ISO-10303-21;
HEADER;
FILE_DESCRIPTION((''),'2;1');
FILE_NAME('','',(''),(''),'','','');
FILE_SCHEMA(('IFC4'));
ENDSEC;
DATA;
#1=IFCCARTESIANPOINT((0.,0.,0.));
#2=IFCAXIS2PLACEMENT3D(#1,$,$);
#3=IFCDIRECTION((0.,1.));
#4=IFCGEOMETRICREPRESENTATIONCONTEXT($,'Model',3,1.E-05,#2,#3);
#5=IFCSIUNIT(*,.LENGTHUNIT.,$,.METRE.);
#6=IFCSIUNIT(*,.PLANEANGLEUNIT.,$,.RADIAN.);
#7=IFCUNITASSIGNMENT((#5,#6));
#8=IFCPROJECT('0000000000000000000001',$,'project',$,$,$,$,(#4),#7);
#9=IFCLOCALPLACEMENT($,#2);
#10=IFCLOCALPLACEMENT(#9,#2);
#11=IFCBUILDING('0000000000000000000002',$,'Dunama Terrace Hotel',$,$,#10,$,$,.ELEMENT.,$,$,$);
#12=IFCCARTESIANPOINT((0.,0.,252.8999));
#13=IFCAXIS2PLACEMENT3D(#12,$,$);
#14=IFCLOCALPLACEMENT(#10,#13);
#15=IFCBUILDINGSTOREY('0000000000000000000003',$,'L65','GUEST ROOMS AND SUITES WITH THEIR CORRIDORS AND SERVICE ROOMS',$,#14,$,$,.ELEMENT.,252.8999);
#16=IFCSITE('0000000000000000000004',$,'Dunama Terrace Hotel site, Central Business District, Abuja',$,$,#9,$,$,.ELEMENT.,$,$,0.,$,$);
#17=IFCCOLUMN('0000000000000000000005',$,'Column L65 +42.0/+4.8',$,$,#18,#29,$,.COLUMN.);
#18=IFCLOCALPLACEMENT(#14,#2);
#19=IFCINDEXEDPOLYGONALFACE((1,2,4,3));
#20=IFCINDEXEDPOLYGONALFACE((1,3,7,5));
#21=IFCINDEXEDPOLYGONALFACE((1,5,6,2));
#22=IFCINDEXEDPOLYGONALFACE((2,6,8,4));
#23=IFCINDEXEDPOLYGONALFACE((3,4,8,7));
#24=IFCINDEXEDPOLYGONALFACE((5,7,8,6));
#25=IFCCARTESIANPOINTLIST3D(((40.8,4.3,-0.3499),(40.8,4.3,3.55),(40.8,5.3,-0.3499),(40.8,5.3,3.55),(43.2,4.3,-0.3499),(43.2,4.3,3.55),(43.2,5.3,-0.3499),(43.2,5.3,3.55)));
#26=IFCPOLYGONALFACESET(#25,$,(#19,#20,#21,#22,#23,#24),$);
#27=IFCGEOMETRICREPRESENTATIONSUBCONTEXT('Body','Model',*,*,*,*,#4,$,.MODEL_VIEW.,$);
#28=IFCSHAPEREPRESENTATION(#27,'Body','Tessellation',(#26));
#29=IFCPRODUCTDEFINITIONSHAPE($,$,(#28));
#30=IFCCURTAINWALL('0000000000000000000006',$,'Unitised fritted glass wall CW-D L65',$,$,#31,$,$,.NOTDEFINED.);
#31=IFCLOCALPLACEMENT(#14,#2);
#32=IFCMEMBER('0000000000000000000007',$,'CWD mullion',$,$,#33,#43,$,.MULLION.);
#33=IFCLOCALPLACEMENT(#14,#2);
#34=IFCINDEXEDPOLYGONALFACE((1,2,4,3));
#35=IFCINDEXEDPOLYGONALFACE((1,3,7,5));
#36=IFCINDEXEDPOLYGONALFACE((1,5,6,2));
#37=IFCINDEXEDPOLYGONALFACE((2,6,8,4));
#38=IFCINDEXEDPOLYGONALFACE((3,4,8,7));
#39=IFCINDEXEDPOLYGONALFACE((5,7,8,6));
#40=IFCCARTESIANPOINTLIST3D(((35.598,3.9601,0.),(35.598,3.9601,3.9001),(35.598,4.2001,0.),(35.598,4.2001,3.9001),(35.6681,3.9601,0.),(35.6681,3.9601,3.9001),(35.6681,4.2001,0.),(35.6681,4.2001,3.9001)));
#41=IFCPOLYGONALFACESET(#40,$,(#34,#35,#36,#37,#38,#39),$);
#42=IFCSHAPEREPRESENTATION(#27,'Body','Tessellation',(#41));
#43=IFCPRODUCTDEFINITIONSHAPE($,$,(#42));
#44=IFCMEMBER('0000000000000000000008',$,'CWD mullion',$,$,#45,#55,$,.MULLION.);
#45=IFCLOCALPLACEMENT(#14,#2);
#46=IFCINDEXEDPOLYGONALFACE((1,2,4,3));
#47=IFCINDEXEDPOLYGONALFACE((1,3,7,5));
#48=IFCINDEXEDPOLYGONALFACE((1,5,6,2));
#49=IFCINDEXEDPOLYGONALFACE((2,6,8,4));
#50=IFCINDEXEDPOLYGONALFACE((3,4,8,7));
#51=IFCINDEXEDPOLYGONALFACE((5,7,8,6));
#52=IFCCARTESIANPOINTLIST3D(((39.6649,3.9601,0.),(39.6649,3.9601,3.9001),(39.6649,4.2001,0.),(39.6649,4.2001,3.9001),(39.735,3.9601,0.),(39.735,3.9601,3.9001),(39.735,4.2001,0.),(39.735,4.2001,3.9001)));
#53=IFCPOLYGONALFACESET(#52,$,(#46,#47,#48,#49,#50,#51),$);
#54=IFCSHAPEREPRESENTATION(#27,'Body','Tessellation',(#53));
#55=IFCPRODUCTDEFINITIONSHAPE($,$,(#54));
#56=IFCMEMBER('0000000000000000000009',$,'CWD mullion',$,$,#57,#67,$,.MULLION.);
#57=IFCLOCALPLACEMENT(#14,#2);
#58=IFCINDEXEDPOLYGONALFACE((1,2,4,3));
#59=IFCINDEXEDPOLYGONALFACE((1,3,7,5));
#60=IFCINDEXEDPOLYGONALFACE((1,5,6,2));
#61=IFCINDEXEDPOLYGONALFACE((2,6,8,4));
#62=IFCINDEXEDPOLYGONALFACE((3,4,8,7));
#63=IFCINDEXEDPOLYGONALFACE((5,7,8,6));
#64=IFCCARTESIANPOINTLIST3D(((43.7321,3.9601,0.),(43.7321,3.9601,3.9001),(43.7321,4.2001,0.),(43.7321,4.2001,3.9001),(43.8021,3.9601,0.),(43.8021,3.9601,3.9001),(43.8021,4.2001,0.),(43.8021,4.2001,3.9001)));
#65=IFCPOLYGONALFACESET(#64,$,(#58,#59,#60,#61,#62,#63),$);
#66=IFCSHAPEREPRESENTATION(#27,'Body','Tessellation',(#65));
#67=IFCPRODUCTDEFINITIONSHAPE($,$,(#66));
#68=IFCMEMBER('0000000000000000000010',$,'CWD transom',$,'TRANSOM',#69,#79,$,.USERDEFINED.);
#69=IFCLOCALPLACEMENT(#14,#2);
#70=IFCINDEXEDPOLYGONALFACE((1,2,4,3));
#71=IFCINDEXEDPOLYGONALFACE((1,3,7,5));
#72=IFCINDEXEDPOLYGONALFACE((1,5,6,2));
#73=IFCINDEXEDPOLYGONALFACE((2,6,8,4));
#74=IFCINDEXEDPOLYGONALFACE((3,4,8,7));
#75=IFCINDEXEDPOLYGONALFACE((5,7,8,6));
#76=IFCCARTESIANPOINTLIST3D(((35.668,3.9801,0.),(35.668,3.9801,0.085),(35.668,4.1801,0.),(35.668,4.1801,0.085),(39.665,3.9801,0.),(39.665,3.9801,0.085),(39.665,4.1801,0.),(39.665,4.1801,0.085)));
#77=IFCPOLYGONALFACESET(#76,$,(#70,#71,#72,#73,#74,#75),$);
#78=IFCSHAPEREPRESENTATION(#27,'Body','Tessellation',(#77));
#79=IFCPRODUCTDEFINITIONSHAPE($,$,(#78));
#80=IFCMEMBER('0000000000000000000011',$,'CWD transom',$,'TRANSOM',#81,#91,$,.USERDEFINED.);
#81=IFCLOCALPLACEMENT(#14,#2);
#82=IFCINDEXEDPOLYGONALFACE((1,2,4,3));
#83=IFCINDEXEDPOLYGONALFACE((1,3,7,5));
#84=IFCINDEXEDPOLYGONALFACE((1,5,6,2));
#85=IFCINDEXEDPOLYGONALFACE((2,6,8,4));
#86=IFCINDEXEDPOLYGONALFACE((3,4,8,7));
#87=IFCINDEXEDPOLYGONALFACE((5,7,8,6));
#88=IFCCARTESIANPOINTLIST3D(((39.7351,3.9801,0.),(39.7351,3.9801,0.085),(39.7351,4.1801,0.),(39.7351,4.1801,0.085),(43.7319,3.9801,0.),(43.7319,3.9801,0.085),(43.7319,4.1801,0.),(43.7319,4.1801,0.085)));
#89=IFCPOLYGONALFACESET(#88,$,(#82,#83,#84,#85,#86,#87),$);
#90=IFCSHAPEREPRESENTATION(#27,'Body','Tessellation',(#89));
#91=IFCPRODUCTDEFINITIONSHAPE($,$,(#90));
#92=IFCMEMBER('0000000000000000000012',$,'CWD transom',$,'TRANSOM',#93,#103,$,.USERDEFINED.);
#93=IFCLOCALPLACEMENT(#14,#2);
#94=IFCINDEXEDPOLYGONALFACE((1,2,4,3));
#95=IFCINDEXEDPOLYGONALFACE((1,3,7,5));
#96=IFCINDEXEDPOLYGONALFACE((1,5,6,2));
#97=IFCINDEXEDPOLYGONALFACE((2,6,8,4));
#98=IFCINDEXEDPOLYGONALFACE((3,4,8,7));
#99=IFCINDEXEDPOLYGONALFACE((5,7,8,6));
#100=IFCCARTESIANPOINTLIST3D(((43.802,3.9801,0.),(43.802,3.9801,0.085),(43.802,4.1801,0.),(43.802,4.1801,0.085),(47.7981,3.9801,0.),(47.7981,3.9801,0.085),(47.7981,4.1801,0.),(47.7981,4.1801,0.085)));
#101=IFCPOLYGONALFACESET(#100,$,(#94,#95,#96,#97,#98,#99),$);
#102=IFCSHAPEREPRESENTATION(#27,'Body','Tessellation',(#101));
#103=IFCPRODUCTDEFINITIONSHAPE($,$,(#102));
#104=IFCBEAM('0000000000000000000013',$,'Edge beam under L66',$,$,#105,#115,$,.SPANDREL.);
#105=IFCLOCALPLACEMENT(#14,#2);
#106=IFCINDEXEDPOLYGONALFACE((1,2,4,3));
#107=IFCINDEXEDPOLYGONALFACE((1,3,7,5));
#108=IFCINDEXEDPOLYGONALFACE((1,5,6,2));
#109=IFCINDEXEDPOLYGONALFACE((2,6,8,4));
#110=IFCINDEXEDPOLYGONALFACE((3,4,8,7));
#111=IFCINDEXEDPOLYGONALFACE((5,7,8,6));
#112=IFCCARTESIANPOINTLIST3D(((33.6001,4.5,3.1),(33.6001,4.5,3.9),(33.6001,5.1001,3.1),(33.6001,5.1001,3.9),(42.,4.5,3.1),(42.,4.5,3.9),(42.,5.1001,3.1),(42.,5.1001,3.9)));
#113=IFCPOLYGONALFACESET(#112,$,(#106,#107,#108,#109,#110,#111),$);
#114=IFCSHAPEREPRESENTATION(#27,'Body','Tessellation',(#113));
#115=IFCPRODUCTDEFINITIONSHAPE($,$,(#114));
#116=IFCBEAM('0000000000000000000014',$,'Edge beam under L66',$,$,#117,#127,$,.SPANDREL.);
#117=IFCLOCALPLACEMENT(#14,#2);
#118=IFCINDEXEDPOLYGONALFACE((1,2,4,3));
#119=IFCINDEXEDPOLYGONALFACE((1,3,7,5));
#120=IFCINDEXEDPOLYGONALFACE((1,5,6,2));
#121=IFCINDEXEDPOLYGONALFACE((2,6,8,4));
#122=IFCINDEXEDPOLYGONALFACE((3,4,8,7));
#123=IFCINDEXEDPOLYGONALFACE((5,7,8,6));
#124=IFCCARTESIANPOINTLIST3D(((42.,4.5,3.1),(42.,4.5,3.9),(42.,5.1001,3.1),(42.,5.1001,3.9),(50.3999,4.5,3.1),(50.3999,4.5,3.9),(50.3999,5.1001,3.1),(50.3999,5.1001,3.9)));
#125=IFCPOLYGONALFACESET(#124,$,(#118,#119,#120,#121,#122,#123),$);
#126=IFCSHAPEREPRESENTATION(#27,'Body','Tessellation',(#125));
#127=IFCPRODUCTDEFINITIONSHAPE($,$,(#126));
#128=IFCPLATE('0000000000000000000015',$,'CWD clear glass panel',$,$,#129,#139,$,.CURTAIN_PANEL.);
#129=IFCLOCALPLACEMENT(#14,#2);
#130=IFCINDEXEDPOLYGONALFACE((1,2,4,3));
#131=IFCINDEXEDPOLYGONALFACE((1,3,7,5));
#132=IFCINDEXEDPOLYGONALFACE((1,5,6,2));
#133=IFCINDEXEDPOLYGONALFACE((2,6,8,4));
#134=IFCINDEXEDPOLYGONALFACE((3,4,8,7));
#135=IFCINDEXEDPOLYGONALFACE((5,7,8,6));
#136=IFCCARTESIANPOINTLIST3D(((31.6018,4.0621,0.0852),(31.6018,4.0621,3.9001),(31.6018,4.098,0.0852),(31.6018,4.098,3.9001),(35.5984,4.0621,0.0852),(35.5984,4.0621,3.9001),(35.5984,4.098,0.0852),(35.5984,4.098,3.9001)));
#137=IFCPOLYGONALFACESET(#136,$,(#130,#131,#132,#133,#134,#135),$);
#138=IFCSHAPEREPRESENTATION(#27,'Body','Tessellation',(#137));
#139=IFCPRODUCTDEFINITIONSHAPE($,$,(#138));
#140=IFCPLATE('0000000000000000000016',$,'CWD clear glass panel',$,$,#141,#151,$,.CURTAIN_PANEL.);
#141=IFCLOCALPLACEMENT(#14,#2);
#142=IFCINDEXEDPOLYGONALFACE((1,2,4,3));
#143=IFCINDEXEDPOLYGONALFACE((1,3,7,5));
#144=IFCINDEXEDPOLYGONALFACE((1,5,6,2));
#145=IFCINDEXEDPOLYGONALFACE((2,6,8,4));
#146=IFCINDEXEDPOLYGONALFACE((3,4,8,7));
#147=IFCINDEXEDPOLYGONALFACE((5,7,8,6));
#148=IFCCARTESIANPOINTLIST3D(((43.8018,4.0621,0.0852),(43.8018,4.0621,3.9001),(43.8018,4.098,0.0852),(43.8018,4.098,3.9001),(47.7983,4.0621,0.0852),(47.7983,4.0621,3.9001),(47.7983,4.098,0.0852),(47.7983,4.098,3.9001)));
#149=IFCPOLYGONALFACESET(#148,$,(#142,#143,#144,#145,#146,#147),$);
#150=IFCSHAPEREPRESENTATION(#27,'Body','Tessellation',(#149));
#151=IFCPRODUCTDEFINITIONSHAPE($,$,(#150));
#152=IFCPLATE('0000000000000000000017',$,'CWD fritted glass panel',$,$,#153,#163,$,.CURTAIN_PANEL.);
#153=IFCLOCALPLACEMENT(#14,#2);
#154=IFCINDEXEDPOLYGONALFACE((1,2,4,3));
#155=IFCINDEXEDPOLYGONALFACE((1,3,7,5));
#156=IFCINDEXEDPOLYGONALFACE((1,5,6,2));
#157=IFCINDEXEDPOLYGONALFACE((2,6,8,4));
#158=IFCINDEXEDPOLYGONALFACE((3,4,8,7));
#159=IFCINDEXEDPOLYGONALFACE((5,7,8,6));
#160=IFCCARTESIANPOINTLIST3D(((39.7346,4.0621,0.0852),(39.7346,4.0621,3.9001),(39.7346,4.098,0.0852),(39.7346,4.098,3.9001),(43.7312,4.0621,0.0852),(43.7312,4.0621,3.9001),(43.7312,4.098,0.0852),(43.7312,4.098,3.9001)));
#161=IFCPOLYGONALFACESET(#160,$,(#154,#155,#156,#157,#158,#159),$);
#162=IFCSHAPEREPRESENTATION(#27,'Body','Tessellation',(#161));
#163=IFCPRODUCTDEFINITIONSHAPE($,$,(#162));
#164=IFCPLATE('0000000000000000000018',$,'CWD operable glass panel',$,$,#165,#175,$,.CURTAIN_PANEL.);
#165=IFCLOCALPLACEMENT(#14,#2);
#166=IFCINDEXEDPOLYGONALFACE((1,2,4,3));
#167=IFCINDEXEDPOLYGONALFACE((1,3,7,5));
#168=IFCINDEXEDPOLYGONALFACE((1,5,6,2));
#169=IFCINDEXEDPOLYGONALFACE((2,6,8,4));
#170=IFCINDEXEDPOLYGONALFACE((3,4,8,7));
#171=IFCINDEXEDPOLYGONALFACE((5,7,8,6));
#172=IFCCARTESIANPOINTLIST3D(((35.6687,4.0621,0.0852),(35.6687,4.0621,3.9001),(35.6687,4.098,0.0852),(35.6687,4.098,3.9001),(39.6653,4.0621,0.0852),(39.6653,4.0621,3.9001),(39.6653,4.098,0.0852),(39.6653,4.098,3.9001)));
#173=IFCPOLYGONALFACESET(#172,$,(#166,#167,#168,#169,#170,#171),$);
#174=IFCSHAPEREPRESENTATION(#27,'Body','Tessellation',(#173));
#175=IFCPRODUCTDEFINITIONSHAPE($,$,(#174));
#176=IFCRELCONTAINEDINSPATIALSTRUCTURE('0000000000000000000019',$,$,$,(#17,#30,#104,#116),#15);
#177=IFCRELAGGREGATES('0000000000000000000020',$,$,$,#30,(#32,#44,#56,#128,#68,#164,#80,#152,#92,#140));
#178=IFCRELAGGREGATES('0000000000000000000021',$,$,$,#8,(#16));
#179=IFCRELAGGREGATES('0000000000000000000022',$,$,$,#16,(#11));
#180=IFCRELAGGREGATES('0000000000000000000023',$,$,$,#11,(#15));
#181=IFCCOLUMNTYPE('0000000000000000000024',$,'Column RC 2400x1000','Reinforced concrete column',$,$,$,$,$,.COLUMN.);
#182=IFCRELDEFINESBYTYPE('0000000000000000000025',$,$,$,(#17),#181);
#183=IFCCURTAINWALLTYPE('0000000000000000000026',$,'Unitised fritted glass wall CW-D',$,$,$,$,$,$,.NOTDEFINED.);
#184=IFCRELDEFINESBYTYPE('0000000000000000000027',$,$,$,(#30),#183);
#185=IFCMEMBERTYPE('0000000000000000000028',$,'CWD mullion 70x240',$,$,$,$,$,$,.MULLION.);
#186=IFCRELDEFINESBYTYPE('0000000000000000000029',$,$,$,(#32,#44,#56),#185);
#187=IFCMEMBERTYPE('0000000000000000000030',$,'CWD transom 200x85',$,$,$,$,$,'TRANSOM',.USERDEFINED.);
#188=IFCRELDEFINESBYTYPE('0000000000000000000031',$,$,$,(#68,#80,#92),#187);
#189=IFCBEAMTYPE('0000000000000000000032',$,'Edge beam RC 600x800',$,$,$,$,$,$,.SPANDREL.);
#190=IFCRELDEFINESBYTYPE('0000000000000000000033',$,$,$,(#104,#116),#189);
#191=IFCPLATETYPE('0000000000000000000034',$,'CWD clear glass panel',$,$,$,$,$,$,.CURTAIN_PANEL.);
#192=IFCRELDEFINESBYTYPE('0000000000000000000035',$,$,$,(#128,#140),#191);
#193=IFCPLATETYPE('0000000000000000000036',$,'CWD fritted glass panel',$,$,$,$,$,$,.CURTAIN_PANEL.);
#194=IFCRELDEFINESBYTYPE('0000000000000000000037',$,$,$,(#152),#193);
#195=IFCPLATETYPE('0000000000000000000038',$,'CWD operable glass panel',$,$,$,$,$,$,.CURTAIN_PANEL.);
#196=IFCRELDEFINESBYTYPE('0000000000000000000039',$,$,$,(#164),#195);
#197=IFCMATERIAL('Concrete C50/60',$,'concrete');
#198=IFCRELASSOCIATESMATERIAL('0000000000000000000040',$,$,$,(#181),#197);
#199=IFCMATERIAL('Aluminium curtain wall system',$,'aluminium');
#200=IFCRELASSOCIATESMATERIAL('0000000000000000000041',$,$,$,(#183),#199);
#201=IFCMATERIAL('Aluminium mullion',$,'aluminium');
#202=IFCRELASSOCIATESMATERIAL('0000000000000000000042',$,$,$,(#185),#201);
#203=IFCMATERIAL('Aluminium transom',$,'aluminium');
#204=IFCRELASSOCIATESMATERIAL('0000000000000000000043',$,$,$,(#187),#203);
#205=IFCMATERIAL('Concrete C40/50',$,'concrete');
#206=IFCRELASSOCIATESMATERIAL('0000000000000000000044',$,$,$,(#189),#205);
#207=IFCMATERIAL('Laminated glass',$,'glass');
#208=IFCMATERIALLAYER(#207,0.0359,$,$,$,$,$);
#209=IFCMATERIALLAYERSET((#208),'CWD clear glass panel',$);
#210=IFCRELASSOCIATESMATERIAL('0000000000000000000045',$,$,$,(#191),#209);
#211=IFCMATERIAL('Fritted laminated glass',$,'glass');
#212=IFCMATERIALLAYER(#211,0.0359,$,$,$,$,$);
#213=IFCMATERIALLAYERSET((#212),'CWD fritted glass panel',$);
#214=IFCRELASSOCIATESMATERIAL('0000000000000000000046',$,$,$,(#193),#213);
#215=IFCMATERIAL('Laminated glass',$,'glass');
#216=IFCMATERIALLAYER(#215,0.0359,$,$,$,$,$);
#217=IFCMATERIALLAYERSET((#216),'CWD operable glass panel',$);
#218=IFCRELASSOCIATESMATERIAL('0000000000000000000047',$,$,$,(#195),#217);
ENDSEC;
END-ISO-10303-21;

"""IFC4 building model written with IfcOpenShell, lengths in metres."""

from ifc_helpers import new_model, si_unit, direction, frame, origin, origin_2d, place, context, subcontext, project, spatial, rectangle, extrude, material, layer, layer_set, material_profile, profile_set, type_object, element, aggregate, save


model = new_model("IFC4")

# Units and contexts
model_context = context("Model", 3, precision=1e-05, world=origin(), true_north=direction((0.0, 1.0)))
body_context = subcontext(model_context, "Body", "Model", "MODEL_VIEW")
ifc_project = project(units=[si_unit("LENGTHUNIT", "METRE"), si_unit("PLANEANGLEUNIT", "RADIAN")], contexts=[model_context])

# Site, building, storey
site_placement = place(None, origin())
site = spatial("IfcSite", under=ifc_project, at=site_placement, Name="Dunama Terrace Hotel site, Central Business District, Abuja", CompositionType="ELEMENT", RefElevation=0.0)
building_placement = place(site_placement, origin())
building = spatial("IfcBuilding", under=site, at=building_placement, Name="Dunama Terrace Hotel", CompositionType="ELEMENT")
storey_placement = place(building_placement, frame((0.0, 0.0, 252.8999)))
storey = spatial("IfcBuildingStorey", under=building, at=storey_placement, Name="L65", Description="GUEST ROOMS AND SUITES WITH THEIR CORRIDORS AND SERVICE ROOMS", CompositionType="ELEMENT", Elevation=252.8999)

# Column
ifc_material_1 = material(Name="Concrete C50/60", Category="concrete")
ifc_material_profile_1 = material_profile(ifc_material_1, rectangle(XDim=2.3999, YDim=1.0, at=origin_2d()), Name="RC 2400x1000")
ifc_profile_set_1 = profile_set([ifc_material_profile_1], Name="Concrete C50/60")
column_type = type_object("IfcColumnType", Name="Column RC 2400x1000", Description="Reinforced concrete column", PredefinedType="COLUMN", material=ifc_profile_set_1)
column_placement = place(storey_placement, frame((42.0, 4.8, -0.3499), z_axis=(0.0, 0.0, 1.0), x_axis=(1.0, 0.0, 0.0)))
element("IfcColumn", 1, at=column_placement, inside=storey, type_object=column_type, Name="Column L65 +42.0/+4.8", PredefinedType="COLUMN", context=body_context, shape_type="SweptSolid", body=[
    extrude(rectangle(XDim=2.3999, YDim=1.0, at=origin_2d()), origin(), (0.0, 0.0, 1.0), 3.8999),
])

# Curtain wall, members
ifc_material_2 = material(Name="Aluminium curtain wall system", Category="aluminium")
curtain_wall_type = type_object("IfcCurtainWallType", Name="Unitised fritted glass wall CW-D", PredefinedType="NOTDEFINED", material=ifc_material_2)
curtain_wall_placement = place(storey_placement, origin())
curtain_wall = element("IfcCurtainWall", 2, at=curtain_wall_placement, inside=storey, type_object=curtain_wall_type, Name="Unitised fritted glass wall CW-D L65", PredefinedType="NOTDEFINED")
ifc_material_3 = material(Name="Aluminium mullion", Category="aluminium")
ifc_material_profile_2 = material_profile(ifc_material_3, rectangle(XDim=0.0701, YDim=0.24, at=origin_2d()), Name="CWD MULLION 70X240")
ifc_profile_set_2 = profile_set([ifc_material_profile_2], Name="Aluminium mullion")
member_type_1 = type_object("IfcMemberType", Name="CWD mullion 70x240", PredefinedType="MULLION", material=ifc_profile_set_2)
member_1_placement = place(storey_placement, frame((35.6331, 4.0801, 0.0), z_axis=(0.0, 0.0, 1.0), x_axis=(1.0, 0.0, 0.0)))
member_1 = element("IfcMember", 3, at=member_1_placement, type_object=member_type_1, Name="CWD mullion", PredefinedType="MULLION", context=body_context, shape_type="SweptSolid", body=[
    extrude(rectangle(XDim=0.0701, YDim=0.24, at=origin_2d()), origin(), (0.0, 0.0, 1.0), 3.9001),
])
member_2_placement = place(storey_placement, frame((39.7, 4.0801, 0.0), z_axis=(0.0, 0.0, 1.0), x_axis=(1.0, 0.0, 0.0)))
member_2 = element("IfcMember", 4, at=member_2_placement, type_object=member_type_1, Name="CWD mullion", PredefinedType="MULLION", context=body_context, shape_type="SweptSolid", body=[
    extrude(rectangle(XDim=0.0701, YDim=0.24, at=origin_2d()), origin(), (0.0, 0.0, 1.0), 3.9001),
])
member_3_placement = place(storey_placement, frame((43.7671, 4.0801, 0.0), z_axis=(0.0, 0.0, 1.0), x_axis=(1.0, 0.0, 0.0)))
member_3 = element("IfcMember", 5, at=member_3_placement, type_object=member_type_1, Name="CWD mullion", PredefinedType="MULLION", context=body_context, shape_type="SweptSolid", body=[
    extrude(rectangle(XDim=0.0701, YDim=0.24, at=origin_2d()), origin(), (0.0, 0.0, 1.0), 3.9001),
])
ifc_material_4 = material(Name="Aluminium transom", Category="aluminium")
ifc_material_profile_3 = material_profile(ifc_material_4, rectangle(XDim=0.2, YDim=0.085, at=origin_2d()), Name="CWD TRANSOM 200X85")
ifc_profile_set_3 = profile_set([ifc_material_profile_3], Name="Aluminium transom")
member_type_2 = type_object("IfcMemberType", Name="CWD transom 200x85", ElementType="TRANSOM", PredefinedType="USERDEFINED", material=ifc_profile_set_3)
member_4_placement = place(storey_placement, frame((35.668, 4.0801, 0.0425), z_axis=(1.0, 0.0, 0.0), x_axis=(0.0, 1.0, 0.0)))
member_4 = element("IfcMember", 6, at=member_4_placement, type_object=member_type_2, Name="CWD transom", ObjectType="TRANSOM", PredefinedType="USERDEFINED", context=body_context, shape_type="SweptSolid", body=[
    extrude(rectangle(XDim=0.2, YDim=0.085, at=origin_2d()), origin(), (0.0, 0.0, 1.0), 3.9971),
])
member_5_placement = place(storey_placement, frame((39.7351, 4.0801, 0.0425), z_axis=(1.0, 0.0, 0.0), x_axis=(0.0, 1.0, 0.0)))
member_5 = element("IfcMember", 7, at=member_5_placement, type_object=member_type_2, Name="CWD transom", ObjectType="TRANSOM", PredefinedType="USERDEFINED", context=body_context, shape_type="SweptSolid", body=[
    extrude(rectangle(XDim=0.2, YDim=0.085, at=origin_2d()), origin(), (0.0, 0.0, 1.0), 3.9968),
])
member_6_placement = place(storey_placement, frame((43.802, 4.0801, 0.0425), z_axis=(1.0, 0.0, 0.0), x_axis=(0.0, 1.0, 0.0)))
member_6 = element("IfcMember", 8, at=member_6_placement, type_object=member_type_2, Name="CWD transom", ObjectType="TRANSOM", PredefinedType="USERDEFINED", context=body_context, shape_type="SweptSolid", body=[
    extrude(rectangle(XDim=0.2, YDim=0.085, at=origin_2d()), origin(), (0.0, 0.0, 1.0), 3.9961),
])

# Beams
ifc_material_5 = material(Name="Concrete C40/50", Category="concrete")
ifc_material_profile_4 = material_profile(ifc_material_5, rectangle(XDim=0.6001, YDim=0.8, at=origin_2d()), Name="RC 600x800")
ifc_profile_set_4 = profile_set([ifc_material_profile_4], Name="Concrete C40/50")
beam_type = type_object("IfcBeamType", Name="Edge beam RC 600x800", PredefinedType="SPANDREL", material=ifc_profile_set_4)
for number, where, z_axis, x_axis, name in (
    (9, (33.6001, 4.8, 3.5), (1.0, 0.0, 0.0), (0.0, 1.0, 0.0), "Edge beam under L66"),
    (10, (42.0, 4.8, 3.5), (1.0, 0.0, 0.0), (0.0, 1.0, 0.0), "Edge beam under L66"),
):
    element("IfcBeam", number, at=place(storey_placement, frame(where, z_axis=z_axis, x_axis=x_axis)), inside=storey, type_object=beam_type, Name=name, PredefinedType="SPANDREL", context=body_context, shape_type="SweptSolid", body=[
        extrude(rectangle(XDim=0.6001, YDim=0.8, at=origin_2d()), origin(), (0.0, 0.0, 1.0), 8.3999),
    ])

# Plates
ifc_material_6 = material(Name="Laminated glass", Category="glass")
ifc_layer_1 = layer(ifc_material_6, 0.0359)
ifc_layer_set_1 = layer_set([ifc_layer_1], Name="CWD clear glass panel")
plate_type_1 = type_object("IfcPlateType", Name="CWD clear glass panel", PredefinedType="CURTAIN_PANEL", material=ifc_layer_set_1)
plate_1_placement = place(storey_placement, frame((33.6001, 4.0801, 0.0852), z_axis=(0.0, 0.0, 1.0), x_axis=(1.0, 0.0, 0.0)))
plate_1 = element("IfcPlate", 11, at=plate_1_placement, type_object=plate_type_1, Name="CWD clear glass panel", PredefinedType="CURTAIN_PANEL", context=body_context, shape_type="SweptSolid", body=[
    extrude(rectangle(XDim=3.9966, YDim=0.0359, at=origin_2d()), origin(), (0.0, 0.0, 1.0), 3.8149),
])
plate_2_placement = place(storey_placement, frame((45.8, 4.0801, 0.0852), z_axis=(0.0, 0.0, 1.0), x_axis=(1.0, 0.0, 0.0)))
plate_2 = element("IfcPlate", 12, at=plate_2_placement, type_object=plate_type_1, Name="CWD clear glass panel", PredefinedType="CURTAIN_PANEL", context=body_context, shape_type="SweptSolid", body=[
    extrude(rectangle(XDim=3.9966, YDim=0.0359, at=origin_2d()), origin(), (0.0, 0.0, 1.0), 3.8149),
])
ifc_material_7 = material(Name="Fritted laminated glass", Category="glass")
ifc_layer_2 = layer(ifc_material_7, 0.0359)
ifc_layer_set_2 = layer_set([ifc_layer_2], Name="CWD fritted glass panel")
plate_type_2 = type_object("IfcPlateType", Name="CWD fritted glass panel", PredefinedType="CURTAIN_PANEL", material=ifc_layer_set_2)
plate_3_placement = place(storey_placement, frame((41.7329, 4.0801, 0.0852), z_axis=(0.0, 0.0, 1.0), x_axis=(1.0, 0.0, 0.0)))
plate_3 = element("IfcPlate", 13, at=plate_3_placement, type_object=plate_type_2, Name="CWD fritted glass panel", PredefinedType="CURTAIN_PANEL", context=body_context, shape_type="SweptSolid", body=[
    extrude(rectangle(XDim=3.9966, YDim=0.0359, at=origin_2d()), origin(), (0.0, 0.0, 1.0), 3.8149),
])
ifc_material_8 = material(Name="Laminated glass", Category="glass")
ifc_layer_3 = layer(ifc_material_8, 0.0359)
ifc_layer_set_3 = layer_set([ifc_layer_3], Name="CWD operable glass panel")
plate_type_3 = type_object("IfcPlateType", Name="CWD operable glass panel", PredefinedType="CURTAIN_PANEL", material=ifc_layer_set_3)
plate_4_placement = place(storey_placement, frame((37.667, 4.0801, 0.0852), z_axis=(0.0, 0.0, 1.0), x_axis=(1.0, 0.0, 0.0)))
plate_4 = element("IfcPlate", 14, at=plate_4_placement, type_object=plate_type_3, Name="CWD operable glass panel", PredefinedType="CURTAIN_PANEL", context=body_context, shape_type="SweptSolid", body=[
    extrude(rectangle(XDim=3.9966, YDim=0.0359, at=origin_2d()), origin(), (0.0, 0.0, 1.0), 3.8149),
])
aggregate(curtain_wall, [member_1, member_2, member_3, plate_1, member_4, plate_4, member_5, plate_3, member_6, plate_2])

save(model, "model.ifc")
